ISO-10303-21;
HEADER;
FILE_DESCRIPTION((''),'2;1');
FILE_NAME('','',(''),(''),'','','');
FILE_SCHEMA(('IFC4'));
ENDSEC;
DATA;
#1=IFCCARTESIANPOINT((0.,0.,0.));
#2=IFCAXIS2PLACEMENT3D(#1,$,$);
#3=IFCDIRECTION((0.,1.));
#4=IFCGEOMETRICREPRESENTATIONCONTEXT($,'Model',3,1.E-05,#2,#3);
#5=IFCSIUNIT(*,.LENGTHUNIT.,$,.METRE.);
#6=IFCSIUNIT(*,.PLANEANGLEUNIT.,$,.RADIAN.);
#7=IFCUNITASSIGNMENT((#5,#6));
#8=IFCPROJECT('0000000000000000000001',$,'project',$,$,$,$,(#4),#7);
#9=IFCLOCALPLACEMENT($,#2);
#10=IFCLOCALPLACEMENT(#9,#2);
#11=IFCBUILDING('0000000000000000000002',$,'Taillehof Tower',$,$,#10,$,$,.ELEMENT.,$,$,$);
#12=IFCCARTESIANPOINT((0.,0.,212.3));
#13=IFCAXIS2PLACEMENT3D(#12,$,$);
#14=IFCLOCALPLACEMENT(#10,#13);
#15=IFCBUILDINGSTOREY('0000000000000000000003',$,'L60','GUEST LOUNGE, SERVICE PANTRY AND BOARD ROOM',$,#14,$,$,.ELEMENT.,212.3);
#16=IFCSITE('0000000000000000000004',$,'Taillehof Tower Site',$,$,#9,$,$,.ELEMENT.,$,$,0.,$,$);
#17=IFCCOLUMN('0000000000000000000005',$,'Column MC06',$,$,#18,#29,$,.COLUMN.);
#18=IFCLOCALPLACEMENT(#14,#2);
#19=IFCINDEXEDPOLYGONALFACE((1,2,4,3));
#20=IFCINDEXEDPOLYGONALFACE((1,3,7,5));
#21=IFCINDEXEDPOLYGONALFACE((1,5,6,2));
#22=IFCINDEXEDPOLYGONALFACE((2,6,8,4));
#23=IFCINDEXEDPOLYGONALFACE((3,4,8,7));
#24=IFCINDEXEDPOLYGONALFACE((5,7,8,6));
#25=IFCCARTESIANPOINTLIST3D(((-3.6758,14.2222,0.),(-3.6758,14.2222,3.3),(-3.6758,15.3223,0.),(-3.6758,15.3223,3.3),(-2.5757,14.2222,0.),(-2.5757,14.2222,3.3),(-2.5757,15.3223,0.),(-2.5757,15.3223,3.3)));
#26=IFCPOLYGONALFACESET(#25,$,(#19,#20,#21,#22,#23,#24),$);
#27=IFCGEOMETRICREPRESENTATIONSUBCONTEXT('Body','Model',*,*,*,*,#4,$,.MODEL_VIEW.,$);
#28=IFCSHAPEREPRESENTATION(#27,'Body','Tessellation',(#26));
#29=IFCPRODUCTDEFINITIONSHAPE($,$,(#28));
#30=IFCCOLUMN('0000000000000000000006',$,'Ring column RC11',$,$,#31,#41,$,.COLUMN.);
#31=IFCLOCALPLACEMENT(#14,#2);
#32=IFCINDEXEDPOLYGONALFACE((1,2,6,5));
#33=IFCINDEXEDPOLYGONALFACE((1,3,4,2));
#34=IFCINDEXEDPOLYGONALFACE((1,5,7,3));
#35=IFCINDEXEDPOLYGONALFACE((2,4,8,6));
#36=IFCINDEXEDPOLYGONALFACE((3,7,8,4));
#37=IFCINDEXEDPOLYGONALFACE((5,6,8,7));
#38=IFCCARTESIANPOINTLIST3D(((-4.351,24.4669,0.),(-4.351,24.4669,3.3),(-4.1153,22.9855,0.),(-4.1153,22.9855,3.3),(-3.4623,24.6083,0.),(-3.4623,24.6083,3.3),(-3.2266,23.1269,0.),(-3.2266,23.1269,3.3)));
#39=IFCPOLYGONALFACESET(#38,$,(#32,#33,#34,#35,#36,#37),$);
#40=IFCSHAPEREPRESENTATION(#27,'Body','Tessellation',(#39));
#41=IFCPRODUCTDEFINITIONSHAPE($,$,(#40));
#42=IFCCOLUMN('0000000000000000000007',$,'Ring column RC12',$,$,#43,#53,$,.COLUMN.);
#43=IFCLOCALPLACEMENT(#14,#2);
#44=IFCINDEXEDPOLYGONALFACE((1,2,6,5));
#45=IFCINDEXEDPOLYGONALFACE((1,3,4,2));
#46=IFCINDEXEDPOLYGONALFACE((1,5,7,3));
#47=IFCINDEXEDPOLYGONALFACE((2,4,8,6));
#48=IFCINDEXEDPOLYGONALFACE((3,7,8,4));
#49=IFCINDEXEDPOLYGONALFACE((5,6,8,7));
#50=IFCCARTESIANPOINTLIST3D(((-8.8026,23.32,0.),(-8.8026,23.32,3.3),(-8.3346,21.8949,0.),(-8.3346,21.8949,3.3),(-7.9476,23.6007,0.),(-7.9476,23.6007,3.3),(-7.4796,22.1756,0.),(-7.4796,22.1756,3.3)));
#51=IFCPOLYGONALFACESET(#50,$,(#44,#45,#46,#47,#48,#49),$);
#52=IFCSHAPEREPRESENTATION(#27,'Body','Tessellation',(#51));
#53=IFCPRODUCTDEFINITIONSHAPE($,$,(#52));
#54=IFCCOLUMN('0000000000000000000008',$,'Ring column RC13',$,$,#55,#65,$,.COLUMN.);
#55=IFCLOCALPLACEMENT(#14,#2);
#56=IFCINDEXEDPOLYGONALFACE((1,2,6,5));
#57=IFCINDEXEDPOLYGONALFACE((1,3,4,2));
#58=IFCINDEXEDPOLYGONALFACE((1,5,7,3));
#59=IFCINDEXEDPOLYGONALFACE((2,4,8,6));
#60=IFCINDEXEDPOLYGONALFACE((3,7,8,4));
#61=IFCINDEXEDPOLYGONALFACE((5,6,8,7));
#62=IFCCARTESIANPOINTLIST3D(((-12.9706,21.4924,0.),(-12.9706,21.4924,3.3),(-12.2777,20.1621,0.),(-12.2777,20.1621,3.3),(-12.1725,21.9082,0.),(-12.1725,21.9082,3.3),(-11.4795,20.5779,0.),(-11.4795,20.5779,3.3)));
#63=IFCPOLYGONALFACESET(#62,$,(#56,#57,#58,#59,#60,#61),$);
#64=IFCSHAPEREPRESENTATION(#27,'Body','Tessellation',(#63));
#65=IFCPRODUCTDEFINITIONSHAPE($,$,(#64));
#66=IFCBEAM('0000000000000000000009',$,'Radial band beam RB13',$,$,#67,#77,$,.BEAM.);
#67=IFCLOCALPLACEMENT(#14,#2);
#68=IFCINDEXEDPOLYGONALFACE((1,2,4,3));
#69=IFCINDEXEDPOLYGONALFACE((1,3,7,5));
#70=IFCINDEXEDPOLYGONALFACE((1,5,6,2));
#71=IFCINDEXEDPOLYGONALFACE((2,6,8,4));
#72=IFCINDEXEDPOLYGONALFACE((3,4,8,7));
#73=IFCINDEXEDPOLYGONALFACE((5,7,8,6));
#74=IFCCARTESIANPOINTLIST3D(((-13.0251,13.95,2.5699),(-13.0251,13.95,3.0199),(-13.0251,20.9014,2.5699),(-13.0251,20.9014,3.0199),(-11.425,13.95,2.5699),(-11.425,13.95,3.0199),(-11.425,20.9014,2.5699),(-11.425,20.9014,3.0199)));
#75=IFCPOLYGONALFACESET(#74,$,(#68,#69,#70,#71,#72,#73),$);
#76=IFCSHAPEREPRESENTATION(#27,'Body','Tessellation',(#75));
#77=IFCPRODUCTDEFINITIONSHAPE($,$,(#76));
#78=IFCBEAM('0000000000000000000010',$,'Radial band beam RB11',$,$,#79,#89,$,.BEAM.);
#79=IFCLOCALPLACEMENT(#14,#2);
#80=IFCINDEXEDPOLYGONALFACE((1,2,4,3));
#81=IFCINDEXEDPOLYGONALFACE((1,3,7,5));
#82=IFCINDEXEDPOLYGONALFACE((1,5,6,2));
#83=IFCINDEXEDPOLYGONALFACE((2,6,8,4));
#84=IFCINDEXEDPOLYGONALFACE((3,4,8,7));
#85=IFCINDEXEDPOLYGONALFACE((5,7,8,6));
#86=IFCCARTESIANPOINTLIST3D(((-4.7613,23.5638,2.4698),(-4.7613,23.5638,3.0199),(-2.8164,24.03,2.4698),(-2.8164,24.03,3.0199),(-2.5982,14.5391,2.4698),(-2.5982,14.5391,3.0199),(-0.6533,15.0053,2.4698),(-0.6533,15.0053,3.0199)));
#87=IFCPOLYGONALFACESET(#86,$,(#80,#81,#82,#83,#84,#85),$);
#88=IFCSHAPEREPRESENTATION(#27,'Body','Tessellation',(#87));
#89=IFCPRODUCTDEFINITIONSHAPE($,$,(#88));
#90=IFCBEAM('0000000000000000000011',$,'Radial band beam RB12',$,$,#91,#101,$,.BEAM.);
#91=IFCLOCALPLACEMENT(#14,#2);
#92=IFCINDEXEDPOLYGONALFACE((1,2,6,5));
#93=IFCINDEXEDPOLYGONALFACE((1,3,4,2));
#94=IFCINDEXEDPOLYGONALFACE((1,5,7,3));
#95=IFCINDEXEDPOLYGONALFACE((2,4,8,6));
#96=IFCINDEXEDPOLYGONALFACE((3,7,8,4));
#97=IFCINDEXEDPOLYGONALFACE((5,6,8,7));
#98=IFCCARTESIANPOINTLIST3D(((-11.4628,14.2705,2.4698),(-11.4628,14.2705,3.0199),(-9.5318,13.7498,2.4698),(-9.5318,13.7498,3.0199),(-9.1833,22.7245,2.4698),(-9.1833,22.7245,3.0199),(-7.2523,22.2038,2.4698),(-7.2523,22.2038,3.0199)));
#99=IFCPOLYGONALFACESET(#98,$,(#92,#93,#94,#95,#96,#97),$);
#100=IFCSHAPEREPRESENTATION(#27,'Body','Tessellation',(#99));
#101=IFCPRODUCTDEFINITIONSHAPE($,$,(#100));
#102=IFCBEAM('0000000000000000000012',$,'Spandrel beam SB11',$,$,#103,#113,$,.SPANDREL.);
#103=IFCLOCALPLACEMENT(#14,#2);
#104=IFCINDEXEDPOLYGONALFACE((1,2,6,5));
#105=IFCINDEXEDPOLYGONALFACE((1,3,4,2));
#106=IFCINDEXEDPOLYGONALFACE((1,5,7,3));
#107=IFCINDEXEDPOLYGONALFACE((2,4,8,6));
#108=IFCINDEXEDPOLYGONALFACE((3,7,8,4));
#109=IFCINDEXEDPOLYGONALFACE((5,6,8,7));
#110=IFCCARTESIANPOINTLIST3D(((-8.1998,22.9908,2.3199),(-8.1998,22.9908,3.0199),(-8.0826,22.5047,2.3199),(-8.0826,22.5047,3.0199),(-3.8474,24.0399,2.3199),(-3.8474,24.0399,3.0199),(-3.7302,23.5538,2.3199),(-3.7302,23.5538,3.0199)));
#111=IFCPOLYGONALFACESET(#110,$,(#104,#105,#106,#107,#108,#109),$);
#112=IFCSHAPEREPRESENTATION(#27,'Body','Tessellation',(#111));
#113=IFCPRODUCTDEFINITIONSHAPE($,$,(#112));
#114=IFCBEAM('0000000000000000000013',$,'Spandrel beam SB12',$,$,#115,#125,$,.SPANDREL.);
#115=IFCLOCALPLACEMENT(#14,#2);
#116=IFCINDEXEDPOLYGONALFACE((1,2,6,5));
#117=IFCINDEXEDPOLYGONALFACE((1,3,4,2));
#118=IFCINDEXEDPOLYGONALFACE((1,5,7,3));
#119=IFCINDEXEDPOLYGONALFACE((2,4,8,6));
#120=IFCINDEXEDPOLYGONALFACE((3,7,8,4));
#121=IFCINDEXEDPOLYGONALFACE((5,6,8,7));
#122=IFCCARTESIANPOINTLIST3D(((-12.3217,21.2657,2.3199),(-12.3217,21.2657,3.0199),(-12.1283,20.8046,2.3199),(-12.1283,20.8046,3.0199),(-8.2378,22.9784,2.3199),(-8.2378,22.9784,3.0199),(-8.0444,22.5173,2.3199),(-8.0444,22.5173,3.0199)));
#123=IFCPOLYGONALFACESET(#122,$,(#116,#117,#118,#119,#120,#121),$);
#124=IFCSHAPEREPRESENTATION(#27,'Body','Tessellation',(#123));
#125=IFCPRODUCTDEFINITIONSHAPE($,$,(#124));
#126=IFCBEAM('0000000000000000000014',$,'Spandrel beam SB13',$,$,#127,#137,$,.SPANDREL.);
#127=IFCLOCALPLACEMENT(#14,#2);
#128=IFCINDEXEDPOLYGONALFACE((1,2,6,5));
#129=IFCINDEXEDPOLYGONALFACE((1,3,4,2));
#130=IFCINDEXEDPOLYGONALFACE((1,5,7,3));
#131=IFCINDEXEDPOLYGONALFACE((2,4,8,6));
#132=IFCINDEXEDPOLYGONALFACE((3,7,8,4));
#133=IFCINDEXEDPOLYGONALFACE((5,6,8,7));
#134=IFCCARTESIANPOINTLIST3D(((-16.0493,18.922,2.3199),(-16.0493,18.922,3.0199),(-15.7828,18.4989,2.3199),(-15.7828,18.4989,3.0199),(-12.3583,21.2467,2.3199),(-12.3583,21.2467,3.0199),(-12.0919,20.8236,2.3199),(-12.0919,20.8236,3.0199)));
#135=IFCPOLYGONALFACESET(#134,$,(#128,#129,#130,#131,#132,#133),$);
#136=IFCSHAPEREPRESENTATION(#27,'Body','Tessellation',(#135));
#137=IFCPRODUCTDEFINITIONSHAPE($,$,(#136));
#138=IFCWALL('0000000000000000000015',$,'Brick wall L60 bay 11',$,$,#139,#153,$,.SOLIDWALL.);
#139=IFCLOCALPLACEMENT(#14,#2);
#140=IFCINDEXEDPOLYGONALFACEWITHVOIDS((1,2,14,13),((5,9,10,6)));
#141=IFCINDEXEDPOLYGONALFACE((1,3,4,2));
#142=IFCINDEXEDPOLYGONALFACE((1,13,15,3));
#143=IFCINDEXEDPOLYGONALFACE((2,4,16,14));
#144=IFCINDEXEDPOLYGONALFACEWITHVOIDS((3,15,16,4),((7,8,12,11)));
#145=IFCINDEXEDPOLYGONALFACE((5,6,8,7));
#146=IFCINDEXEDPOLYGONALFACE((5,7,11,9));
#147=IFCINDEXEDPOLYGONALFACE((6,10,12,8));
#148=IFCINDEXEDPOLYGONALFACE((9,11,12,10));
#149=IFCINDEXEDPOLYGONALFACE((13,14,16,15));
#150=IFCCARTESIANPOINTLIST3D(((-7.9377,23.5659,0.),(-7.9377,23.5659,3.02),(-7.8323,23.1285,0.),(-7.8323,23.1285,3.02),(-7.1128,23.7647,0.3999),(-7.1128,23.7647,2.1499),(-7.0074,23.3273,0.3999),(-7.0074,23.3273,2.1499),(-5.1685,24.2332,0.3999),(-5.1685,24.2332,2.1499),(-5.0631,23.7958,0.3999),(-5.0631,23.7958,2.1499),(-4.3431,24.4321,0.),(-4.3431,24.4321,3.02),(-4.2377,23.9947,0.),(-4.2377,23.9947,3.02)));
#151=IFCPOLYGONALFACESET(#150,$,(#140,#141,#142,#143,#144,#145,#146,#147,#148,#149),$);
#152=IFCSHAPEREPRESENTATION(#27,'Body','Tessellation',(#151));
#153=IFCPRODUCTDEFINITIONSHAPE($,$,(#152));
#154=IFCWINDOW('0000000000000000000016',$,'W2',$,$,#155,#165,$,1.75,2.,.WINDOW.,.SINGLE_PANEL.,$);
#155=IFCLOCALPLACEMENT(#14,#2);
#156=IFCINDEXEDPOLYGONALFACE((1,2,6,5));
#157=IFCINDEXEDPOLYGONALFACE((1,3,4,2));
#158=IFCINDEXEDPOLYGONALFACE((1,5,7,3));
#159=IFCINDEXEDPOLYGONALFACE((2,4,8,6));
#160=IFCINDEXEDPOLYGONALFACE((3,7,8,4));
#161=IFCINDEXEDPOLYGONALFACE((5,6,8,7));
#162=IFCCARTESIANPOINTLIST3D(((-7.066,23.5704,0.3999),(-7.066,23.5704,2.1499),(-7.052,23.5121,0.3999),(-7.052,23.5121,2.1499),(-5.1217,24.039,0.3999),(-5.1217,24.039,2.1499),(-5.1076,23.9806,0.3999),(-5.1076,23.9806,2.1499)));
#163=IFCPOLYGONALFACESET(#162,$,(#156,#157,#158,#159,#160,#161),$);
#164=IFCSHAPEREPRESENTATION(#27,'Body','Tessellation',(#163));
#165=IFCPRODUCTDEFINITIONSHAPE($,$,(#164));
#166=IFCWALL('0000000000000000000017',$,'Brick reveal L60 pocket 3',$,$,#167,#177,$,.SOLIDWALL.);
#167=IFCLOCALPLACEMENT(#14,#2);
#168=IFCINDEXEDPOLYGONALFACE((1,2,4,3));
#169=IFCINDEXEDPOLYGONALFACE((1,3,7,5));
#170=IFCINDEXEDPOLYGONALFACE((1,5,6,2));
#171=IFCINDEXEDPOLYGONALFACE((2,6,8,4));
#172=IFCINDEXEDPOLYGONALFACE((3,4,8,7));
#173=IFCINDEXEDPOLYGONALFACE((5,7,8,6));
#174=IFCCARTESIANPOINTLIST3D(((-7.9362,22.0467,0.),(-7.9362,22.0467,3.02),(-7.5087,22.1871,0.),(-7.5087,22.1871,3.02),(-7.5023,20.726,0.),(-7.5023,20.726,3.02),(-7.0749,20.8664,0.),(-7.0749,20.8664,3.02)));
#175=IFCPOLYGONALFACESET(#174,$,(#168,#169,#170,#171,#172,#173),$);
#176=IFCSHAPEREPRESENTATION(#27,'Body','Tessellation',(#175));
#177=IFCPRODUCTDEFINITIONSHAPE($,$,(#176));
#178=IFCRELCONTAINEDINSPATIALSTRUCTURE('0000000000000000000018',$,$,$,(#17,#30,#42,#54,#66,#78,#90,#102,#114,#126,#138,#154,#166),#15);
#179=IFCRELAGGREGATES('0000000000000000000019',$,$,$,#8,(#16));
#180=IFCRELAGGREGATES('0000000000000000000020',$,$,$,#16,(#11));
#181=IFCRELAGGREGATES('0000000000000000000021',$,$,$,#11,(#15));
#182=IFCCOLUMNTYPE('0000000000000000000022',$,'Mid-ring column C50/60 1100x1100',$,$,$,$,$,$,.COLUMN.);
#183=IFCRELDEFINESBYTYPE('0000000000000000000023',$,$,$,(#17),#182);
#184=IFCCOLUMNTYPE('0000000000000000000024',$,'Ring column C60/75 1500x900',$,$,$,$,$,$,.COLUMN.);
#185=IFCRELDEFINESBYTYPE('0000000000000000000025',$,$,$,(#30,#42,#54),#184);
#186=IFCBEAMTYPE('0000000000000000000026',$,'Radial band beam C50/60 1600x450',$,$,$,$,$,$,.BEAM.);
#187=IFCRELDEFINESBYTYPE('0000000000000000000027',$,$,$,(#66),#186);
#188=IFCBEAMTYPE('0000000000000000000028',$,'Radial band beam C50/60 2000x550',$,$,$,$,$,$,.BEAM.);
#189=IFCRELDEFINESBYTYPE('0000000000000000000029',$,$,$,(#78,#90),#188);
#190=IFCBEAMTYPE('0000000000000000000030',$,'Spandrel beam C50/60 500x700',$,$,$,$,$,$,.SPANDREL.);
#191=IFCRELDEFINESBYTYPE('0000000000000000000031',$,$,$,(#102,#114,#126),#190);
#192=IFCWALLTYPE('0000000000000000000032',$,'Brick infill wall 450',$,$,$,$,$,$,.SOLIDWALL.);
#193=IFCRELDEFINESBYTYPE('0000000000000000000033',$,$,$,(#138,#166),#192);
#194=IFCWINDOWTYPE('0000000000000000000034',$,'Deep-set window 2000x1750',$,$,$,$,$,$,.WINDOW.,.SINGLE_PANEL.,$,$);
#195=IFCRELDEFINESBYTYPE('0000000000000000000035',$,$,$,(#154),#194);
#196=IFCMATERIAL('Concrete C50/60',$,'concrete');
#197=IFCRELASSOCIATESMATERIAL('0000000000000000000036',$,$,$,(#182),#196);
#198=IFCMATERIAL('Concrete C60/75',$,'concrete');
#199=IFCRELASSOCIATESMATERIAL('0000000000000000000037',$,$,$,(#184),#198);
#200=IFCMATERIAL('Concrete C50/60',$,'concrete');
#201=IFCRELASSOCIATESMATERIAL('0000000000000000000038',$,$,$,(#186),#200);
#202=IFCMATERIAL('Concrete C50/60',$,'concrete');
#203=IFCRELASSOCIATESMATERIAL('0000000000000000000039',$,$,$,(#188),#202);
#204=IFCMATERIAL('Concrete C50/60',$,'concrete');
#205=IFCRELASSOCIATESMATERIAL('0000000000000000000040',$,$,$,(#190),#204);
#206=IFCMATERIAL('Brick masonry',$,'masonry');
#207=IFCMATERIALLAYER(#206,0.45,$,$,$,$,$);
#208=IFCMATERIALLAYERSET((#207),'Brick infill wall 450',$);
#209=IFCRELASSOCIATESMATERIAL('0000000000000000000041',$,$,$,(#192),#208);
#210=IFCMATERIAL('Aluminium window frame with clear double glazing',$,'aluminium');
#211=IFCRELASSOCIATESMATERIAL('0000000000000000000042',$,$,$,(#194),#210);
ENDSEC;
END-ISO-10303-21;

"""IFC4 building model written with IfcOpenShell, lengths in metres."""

from ifc_helpers import new_model, si_unit, direction, frame, frame_2d, origin, origin_2d, place, context, subcontext, project, spatial, rectangle, extrude, material, layer, layer_set, material_profile, profile_set, type_object, element, fill, save


model = new_model("IFC4")

# Units and contexts
model_context = context("Model", 3, precision=1e-05, world=origin(), true_north=direction((0.0, 1.0)))
body_context = subcontext(model_context, "Body", "Model", "MODEL_VIEW")
ifc_project = project(units=[si_unit("LENGTHUNIT", "METRE"), si_unit("PLANEANGLEUNIT", "RADIAN")], contexts=[model_context])

# Site, building, storey
site_placement = place(None, origin())
site = spatial("IfcSite", under=ifc_project, at=site_placement, Name="Taillehof Tower Site", CompositionType="ELEMENT", RefElevation=0.0)
building_placement = place(site_placement, origin())
building = spatial("IfcBuilding", under=site, at=building_placement, Name="Taillehof Tower", CompositionType="ELEMENT")
storey_placement = place(building_placement, frame((0.0, 0.0, 212.3)))
storey = spatial("IfcBuildingStorey", under=building, at=storey_placement, Name="L60", Description="GUEST LOUNGE, SERVICE PANTRY AND BOARD ROOM", CompositionType="ELEMENT", Elevation=212.3)

# Columns
ifc_material_1 = material(Name="Concrete C50/60", Category="concrete")
ifc_material_profile_1 = material_profile(ifc_material_1, rectangle(XDim=1.1001, YDim=1.1001, at=origin_2d()), Name="RC 1100x1100")
ifc_profile_set_1 = profile_set([ifc_material_profile_1], Name="Concrete C50/60")
column_type_1 = type_object("IfcColumnType", Name="Mid-ring column C50/60 1100x1100", PredefinedType="COLUMN", material=ifc_profile_set_1)
column_placement = place(storey_placement, frame((-3.1257, 14.7722, 0.0), z_axis=(0.0, 0.0, 1.0), x_axis=(1.0, 0.0, 0.0)))
element("IfcColumn", 1, at=column_placement, inside=storey, type_object=column_type_1, Name="Column MC06", PredefinedType="COLUMN", context=body_context, shape_type="SweptSolid", body=[
    extrude(rectangle(XDim=1.1001, YDim=1.1001, at=origin_2d()), origin(), (0.0, 0.0, 1.0), 3.3),
])
ifc_material_2 = material(Name="Concrete C60/75", Category="concrete")
ifc_material_profile_2 = material_profile(ifc_material_2, rectangle(XDim=1.5, YDim=0.8999, at=origin_2d()), Name="RC 1500x900")
ifc_profile_set_2 = profile_set([ifc_material_profile_2], Name="Concrete C60/75")
column_type_2 = type_object("IfcColumnType", Name="Ring column C60/75 1500x900", PredefinedType="COLUMN", material=ifc_profile_set_2)
for number, where, z_axis, x_axis, name in (
    (2, (-3.7888, 23.7969, 0.0), (0.0, 0.0, 1.0), (-0.157116, 0.98758, 0.0), "Ring column RC11"),
    (3, (-8.1411, 22.7478, 0.0), (0.0, 0.0, 1.0), (-0.312001, 0.950082, 0.0), "Ring column RC12"),
    (4, (-12.2251, 21.0352, 0.0), (0.0, 0.0, 1.0), (-0.461993, 0.886883, 0.0), "Ring column RC13"),
):
    element("IfcColumn", number, at=place(storey_placement, frame(where, z_axis=z_axis, x_axis=x_axis)), inside=storey, type_object=column_type_2, Name=name, PredefinedType="COLUMN", context=body_context, shape_type="SweptSolid", body=[
        extrude(rectangle(XDim=1.5, YDim=0.8999, at=origin_2d()), origin(), (0.0, 0.0, 1.0), 3.3),
    ])

# Beams
ifc_material_3 = material(Name="Concrete C50/60", Category="concrete")
ifc_material_profile_3 = material_profile(ifc_material_3, rectangle(XDim=1.6001, YDim=0.45, at=origin_2d()), Name="RC 1600x450")
ifc_profile_set_3 = profile_set([ifc_material_profile_3], Name="Concrete C50/60")
beam_type_1 = type_object("IfcBeamType", Name="Radial band beam C50/60 1600x450", PredefinedType="BEAM", material=ifc_profile_set_3)
beam_1_placement = place(storey_placement, frame((-12.2251, 20.9014, 2.7949), z_axis=(0.0, -1.0, 0.0), x_axis=(1.0, 0.0, 0.0)))
element("IfcBeam", 5, at=beam_1_placement, inside=storey, type_object=beam_type_1, Name="Radial band beam RB13", PredefinedType="BEAM", context=body_context, shape_type="SweptSolid", body=[
    extrude(rectangle(XDim=1.6001, YDim=0.45, at=origin_2d()), origin(), (0.0, 0.0, 1.0), 6.9514),
])
ifc_material_4 = material(Name="Concrete C50/60", Category="concrete")
ifc_material_profile_4 = material_profile(ifc_material_4, rectangle(XDim=2.0, YDim=0.55, at=origin_2d()), Name="RC 2000x550")
ifc_profile_set_4 = profile_set([ifc_material_profile_4], Name="Concrete C50/60")
beam_type_2 = type_object("IfcBeamType", Name="Radial band beam C50/60 2000x550", PredefinedType="BEAM", material=ifc_profile_set_4)
beam_2_placement = place(storey_placement, frame((-3.7888, 23.7969, 2.7449), z_axis=(0.233084, -0.972457, 0.0), x_axis=(0.972457, 0.233084, 0.0)))
element("IfcBeam", 6, at=beam_2_placement, inside=storey, type_object=beam_type_2, Name="Radial band beam RB11", PredefinedType="BEAM", context=body_context, shape_type="SweptSolid", body=[
    extrude(rectangle(XDim=2.0, YDim=0.55, at=origin_2d()), origin(), (0.0, 0.0, 1.0), 9.2803),
])
beam_3_placement = place(storey_placement, frame((-8.2178, 22.4641, 2.7449), z_axis=(-0.260346, -0.965515, 0.0), x_axis=(0.965515, -0.260346, 0.0)))
element("IfcBeam", 7, at=beam_3_placement, inside=storey, type_object=beam_type_2, Name="Radial band beam RB12", PredefinedType="BEAM", context=body_context, shape_type="SweptSolid", body=[
    extrude(rectangle(XDim=2.0, YDim=0.55, at=origin_2d()), origin(), (0.0, 0.0, 1.0), 8.7559),
])
ifc_material_5 = material(Name="Concrete C50/60", Category="concrete")
ifc_material_profile_5 = material_profile(ifc_material_5, rectangle(XDim=0.5, YDim=0.7, at=origin_2d()), Name="RC 500x700")
ifc_profile_set_5 = profile_set([ifc_material_profile_5], Name="Concrete C50/60")
beam_type_3 = type_object("IfcBeamType", Name="Spandrel beam C50/60 500x700", PredefinedType="SPANDREL", material=ifc_profile_set_5)
beam_4_placement = place(storey_placement, frame((-3.7888, 23.7969, 2.6699), z_axis=(-0.972158, -0.234328, 0.0), x_axis=(0.234328, -0.972158, 0.0)))
element("IfcBeam", 8, at=beam_4_placement, inside=storey, type_object=beam_type_3, Name="Spandrel beam SB11", PredefinedType="SPANDREL", context=body_context, shape_type="SweptSolid", body=[
    extrude(rectangle(XDim=0.5, YDim=0.7, at=origin_2d()), origin(), (0.0, 0.0, 1.0), 4.4771),
])
beam_5_placement = place(storey_placement, frame((-8.1411, 22.7478, 2.6699), z_axis=(-0.922194, -0.386728, 0.0), x_axis=(0.386728, -0.922194, 0.0)))
element("IfcBeam", 9, at=beam_5_placement, inside=storey, type_object=beam_type_3, Name="Spandrel beam SB12", PredefinedType="SPANDREL", context=body_context, shape_type="SweptSolid", body=[
    extrude(rectangle(XDim=0.5, YDim=0.7, at=origin_2d()), origin(), (0.0, 0.0, 1.0), 4.4285),
])
beam_6_placement = place(storey_placement, frame((-12.2251, 21.0352, 2.6699), z_axis=(-0.846151, -0.532944, 0.0), x_axis=(0.532944, -0.846151, 0.0)))
element("IfcBeam", 10, at=beam_6_placement, inside=storey, type_object=beam_type_3, Name="Spandrel beam SB13", PredefinedType="SPANDREL", context=body_context, shape_type="SweptSolid", body=[
    extrude(rectangle(XDim=0.5, YDim=0.7, at=origin_2d()), origin(), (0.0, 0.0, 1.0), 4.3621),
])

# Wall, opening, window
ifc_material_6 = material(Name="Brick masonry", Category="masonry")
ifc_layer_1 = layer(ifc_material_6, 0.45)
ifc_layer_set_1 = layer_set([ifc_layer_1], Name="Brick infill wall 450")
wall_type_1 = type_object("IfcWallType", Name="Brick infill wall 450", PredefinedType="SOLIDWALL", material=ifc_layer_set_1)
wall_1_placement = place(storey_placement, frame((-4.2905, 24.2134, 0.0), z_axis=(0.0, 0.0, 1.0), x_axis=(-0.972174, -0.234262, 0.0)))
wall_1 = element("IfcWall", 11, at=wall_1_placement, inside=storey, type_object=wall_type_1, Name="Brick wall L60 bay 11", PredefinedType="SOLIDWALL", context=body_context, shape_type="SweptSolid", body=[
    extrude(rectangle(XDim=3.6975, YDim=0.45, at=frame_2d((1.8486, 0.0))), origin(), (0.0, 0.0, 1.0), 3.02),
])
opening_1_placement = place(wall_1_placement, frame((0.8489, 0.0, 0.3999)))
opening_1 = element("IfcOpeningElement", 12, at=opening_1_placement, cuts=wall_1, PredefinedType="OPENING", context=body_context, shape_type="SweptSolid", body=[
    extrude(rectangle(XDim=2.0, YDim=1.75, at=frame_2d((1.0, 0.875))), frame((0.0, 0.2349, 0.0), z_axis=(0.0, -1.0, 0.0), x_axis=(1.0, 0.0, 0.0)), (0.0, 0.0, 1.0), 0.47),
])
ifc_material_7 = material(Name="Aluminium window frame with clear double glazing", Category="aluminium")
window_type_1 = type_object("IfcWindowType", Name="Deep-set window 2000x1750", PartitioningType="SINGLE_PANEL", PredefinedType="WINDOW", material=ifc_material_7)
window_1_placement = place(opening_1_placement, origin())
window_1 = element("IfcWindow", 13, at=window_1_placement, inside=storey, type_object=window_type_1, Name="W2", OverallHeight=1.75, OverallWidth=2.0, PartitioningType="SINGLE_PANEL", PredefinedType="WINDOW", context=body_context, shape_type="SweptSolid", body=[
    extrude(rectangle(XDim=2.0, YDim=1.75, at=frame_2d((1.0, 0.875))), frame((0.0, 0.0349, 0.0), z_axis=(0.0, -1.0, 0.0), x_axis=(1.0, 0.0, 0.0)), (0.0, 0.0, 1.0), 0.0601),
])
fill(opening_1, window_1)

# Wall
wall_2_placement = place(storey_placement, frame((-7.7224, 22.1169, 0.0), z_axis=(0.0, 0.0, 1.0), x_axis=(0.312063, -0.950062, 0.0)))
element("IfcWall", 14, at=wall_2_placement, inside=storey, type_object=wall_type_1, Name="Brick reveal L60 pocket 3", PredefinedType="SOLIDWALL", context=body_context, shape_type="SweptSolid", body=[
    extrude(rectangle(XDim=1.3901, YDim=0.45, at=frame_2d((0.6951, 0.0))), origin(), (0.0, 0.0, 1.0), 3.02),
])

save(model, "model.ifc")
